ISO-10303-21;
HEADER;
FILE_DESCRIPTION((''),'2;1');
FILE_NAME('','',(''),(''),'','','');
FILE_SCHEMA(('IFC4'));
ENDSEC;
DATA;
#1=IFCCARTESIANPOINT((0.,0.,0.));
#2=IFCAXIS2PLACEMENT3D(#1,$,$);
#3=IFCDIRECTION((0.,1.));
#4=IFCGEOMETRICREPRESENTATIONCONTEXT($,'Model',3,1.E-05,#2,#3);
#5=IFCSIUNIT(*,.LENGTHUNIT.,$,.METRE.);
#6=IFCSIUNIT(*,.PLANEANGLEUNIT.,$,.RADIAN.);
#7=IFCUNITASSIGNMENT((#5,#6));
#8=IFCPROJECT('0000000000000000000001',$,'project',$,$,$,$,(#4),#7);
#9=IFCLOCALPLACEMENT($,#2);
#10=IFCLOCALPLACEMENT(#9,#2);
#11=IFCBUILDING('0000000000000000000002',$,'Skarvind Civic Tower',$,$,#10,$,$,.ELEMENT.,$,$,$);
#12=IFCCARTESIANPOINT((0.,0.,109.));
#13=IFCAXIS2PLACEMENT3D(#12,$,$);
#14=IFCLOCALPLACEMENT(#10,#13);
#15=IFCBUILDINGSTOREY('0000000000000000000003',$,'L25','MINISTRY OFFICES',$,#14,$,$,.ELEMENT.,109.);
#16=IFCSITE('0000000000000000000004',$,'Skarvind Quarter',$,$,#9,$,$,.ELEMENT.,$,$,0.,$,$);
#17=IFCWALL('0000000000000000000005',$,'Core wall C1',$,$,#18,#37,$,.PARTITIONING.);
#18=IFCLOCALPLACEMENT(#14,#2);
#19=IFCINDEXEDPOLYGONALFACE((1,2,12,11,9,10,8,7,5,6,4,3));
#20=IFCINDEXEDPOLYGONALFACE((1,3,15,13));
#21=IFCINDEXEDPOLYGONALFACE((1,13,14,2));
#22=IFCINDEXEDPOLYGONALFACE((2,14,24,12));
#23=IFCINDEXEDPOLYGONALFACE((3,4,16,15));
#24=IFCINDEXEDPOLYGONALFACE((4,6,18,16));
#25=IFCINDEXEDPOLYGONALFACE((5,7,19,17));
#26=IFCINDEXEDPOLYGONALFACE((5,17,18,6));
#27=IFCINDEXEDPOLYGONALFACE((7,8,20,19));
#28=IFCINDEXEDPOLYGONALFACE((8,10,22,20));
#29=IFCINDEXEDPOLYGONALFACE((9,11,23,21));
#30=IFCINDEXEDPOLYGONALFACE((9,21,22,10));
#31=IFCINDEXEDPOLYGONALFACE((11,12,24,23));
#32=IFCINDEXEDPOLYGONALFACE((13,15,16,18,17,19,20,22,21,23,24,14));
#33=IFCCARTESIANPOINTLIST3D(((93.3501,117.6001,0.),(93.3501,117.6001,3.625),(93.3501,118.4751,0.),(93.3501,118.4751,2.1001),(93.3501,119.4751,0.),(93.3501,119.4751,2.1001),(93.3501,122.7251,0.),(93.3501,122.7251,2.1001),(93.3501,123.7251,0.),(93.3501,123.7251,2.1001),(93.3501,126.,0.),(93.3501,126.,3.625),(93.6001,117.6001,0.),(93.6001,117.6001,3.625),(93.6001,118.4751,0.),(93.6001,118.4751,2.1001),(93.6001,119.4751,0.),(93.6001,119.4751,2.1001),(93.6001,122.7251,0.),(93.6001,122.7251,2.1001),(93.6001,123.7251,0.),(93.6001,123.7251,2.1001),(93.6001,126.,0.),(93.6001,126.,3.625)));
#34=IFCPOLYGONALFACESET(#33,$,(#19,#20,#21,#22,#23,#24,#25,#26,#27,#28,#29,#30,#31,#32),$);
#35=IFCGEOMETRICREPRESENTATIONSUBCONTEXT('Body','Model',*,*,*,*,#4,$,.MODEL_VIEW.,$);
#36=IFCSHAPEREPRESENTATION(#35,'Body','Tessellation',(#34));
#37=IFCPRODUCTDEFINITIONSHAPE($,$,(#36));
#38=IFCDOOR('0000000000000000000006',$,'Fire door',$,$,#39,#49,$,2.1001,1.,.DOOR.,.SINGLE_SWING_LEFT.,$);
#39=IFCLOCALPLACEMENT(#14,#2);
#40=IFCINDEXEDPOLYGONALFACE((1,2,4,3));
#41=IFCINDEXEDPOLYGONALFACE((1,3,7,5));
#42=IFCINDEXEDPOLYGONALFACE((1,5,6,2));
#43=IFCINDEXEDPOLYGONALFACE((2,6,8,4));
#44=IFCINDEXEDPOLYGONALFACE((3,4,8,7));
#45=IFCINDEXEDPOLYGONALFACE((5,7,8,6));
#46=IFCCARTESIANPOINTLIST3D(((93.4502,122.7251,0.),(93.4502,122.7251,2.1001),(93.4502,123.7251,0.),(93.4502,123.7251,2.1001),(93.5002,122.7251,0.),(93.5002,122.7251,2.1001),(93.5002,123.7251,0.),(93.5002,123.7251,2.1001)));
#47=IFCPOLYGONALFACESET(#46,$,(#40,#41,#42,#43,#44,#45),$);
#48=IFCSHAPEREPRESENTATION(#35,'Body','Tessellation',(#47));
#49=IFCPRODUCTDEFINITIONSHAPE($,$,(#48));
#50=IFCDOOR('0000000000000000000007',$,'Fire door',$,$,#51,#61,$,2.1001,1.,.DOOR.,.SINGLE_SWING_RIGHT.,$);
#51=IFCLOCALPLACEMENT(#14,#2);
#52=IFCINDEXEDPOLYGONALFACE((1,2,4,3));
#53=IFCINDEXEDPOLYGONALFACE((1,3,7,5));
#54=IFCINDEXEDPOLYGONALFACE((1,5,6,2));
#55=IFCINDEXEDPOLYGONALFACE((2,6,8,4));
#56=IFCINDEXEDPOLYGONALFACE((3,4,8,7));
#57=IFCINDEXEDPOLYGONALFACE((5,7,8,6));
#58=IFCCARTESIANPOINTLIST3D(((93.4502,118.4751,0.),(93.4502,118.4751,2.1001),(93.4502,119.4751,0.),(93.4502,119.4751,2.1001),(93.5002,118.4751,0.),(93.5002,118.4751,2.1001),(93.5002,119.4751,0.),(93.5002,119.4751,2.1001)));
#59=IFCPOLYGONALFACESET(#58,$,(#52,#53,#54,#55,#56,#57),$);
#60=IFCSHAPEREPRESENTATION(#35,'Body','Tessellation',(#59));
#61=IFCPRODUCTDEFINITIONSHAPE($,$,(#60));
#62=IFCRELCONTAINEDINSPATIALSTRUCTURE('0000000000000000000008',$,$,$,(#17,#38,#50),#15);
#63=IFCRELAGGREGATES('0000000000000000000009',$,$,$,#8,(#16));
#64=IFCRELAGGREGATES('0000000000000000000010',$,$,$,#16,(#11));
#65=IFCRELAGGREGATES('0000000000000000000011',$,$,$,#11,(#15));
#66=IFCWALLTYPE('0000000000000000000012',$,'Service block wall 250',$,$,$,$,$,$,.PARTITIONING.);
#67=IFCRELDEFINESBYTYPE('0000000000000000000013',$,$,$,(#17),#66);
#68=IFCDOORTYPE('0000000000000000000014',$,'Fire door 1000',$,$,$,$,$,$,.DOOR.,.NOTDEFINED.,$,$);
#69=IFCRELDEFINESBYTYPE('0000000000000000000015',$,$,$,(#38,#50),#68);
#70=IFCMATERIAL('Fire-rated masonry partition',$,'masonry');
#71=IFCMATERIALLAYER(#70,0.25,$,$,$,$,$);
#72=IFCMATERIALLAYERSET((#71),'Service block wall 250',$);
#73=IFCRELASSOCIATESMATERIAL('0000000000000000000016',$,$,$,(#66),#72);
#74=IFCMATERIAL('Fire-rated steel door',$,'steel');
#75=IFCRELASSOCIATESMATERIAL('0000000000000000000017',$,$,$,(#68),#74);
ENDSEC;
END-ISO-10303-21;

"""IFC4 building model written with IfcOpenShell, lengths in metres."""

from ifc_helpers import new_model, si_unit, direction, frame, frame_2d, origin, place, context, subcontext, project, spatial, rectangle, extrude, material, layer, layer_set, type_object, element, fill, save


model = new_model("IFC4")

# Units and contexts
model_context = context("Model", 3, precision=1e-05, world=origin(), true_north=direction((0.0, 1.0)))
body_context = subcontext(model_context, "Body", "Model", "MODEL_VIEW")
ifc_project = project(units=[si_unit("LENGTHUNIT", "METRE"), si_unit("PLANEANGLEUNIT", "RADIAN")], contexts=[model_context])

# Site, building, storey
site_placement = place(None, origin())
site = spatial("IfcSite", under=ifc_project, at=site_placement, Name="Skarvind Quarter", CompositionType="ELEMENT", RefElevation=0.0)
building_placement = place(site_placement, origin())
building = spatial("IfcBuilding", under=site, at=building_placement, Name="Skarvind Civic Tower", CompositionType="ELEMENT")
storey_placement = place(building_placement, frame((0.0, 0.0, 109.0)))
storey = spatial("IfcBuildingStorey", under=building, at=storey_placement, Name="L25", Description="MINISTRY OFFICES", CompositionType="ELEMENT", Elevation=109.0)

# Shared definitions
ifc_material_1 = material(Name="Fire-rated masonry partition", Category="masonry")
ifc_material_2 = material(Name="Fire-rated steel door", Category="steel")

# Wall, openings, doors
ifc_layer_1 = layer(ifc_material_1, 0.25)
ifc_layer_set_1 = layer_set([ifc_layer_1], Name="Service block wall 250")
wall_type_1 = type_object("IfcWallType", Name="Service block wall 250", PredefinedType="PARTITIONING", material=ifc_layer_set_1)
wall_1_placement = place(storey_placement, frame((93.4751, 117.6001, 0.0), z_axis=(0.0, 0.0, 1.0), x_axis=(0.0, 1.0, 0.0)))
wall_1 = element("IfcWall", 1, at=wall_1_placement, inside=storey, type_object=wall_type_1, Name="Core wall C1", PredefinedType="PARTITIONING", context=body_context, shape_type="SweptSolid", body=[
    extrude(rectangle(XDim=8.3999, YDim=0.25, at=frame_2d((4.2, 0.0))), origin(), (0.0, 0.0, 1.0), 3.625),
])
opening_1_placement = place(wall_1_placement, frame((5.125, 0.0, 0.0)))
opening_1 = element("IfcOpeningElement", 2, at=opening_1_placement, cuts=wall_1, PredefinedType="OPENING", context=body_context, shape_type="SweptSolid", body=[
    extrude(rectangle(XDim=1.0, YDim=2.1001, at=frame_2d((0.5, 1.05))), frame((0.0, 0.135, 0.0), z_axis=(0.0, -1.0, 0.0), x_axis=(1.0, 0.0, 0.0)), (0.0, 0.0, 1.0), 0.27),
])
opening_2_placement = place(wall_1_placement, frame((0.875, 0.0, 0.0)))
opening_2 = element("IfcOpeningElement", 3, at=opening_2_placement, cuts=wall_1, PredefinedType="OPENING", context=body_context, shape_type="SweptSolid", body=[
    extrude(rectangle(XDim=1.0, YDim=2.1001, at=frame_2d((0.5, 1.05))), frame((0.0, 0.135, 0.0), z_axis=(0.0, -1.0, 0.0), x_axis=(1.0, 0.0, 0.0)), (0.0, 0.0, 1.0), 0.27),
])
door_type_1 = type_object("IfcDoorType", Name="Fire door 1000", OperationType="NOTDEFINED", PredefinedType="DOOR", material=ifc_material_2)
door_1_placement = place(opening_1_placement, origin())
door_1 = element("IfcDoor", 4, at=door_1_placement, inside=storey, type_object=door_type_1, Name="Fire door", OperationType="SINGLE_SWING_LEFT", OverallHeight=2.1001, OverallWidth=1.0, PredefinedType="DOOR", context=body_context, shape_type="SweptSolid", body=[
    extrude(rectangle(XDim=1.0, YDim=2.1001, at=frame_2d((0.5, 1.05))), frame((0.0, 0.0249, 0.0), z_axis=(0.0, -1.0, 0.0), x_axis=(1.0, 0.0, 0.0)), (0.0, 0.0, 1.0), 0.05),
])
fill(opening_1, door_1)
door_2_placement = place(opening_2_placement, origin())
door_2 = element("IfcDoor", 5, at=door_2_placement, inside=storey, type_object=door_type_1, Name="Fire door", OperationType="SINGLE_SWING_RIGHT", OverallHeight=2.1001, OverallWidth=1.0, PredefinedType="DOOR", context=body_context, shape_type="SweptSolid", body=[
    extrude(rectangle(XDim=1.0, YDim=2.1001, at=frame_2d((0.5, 1.05))), frame((0.0, 0.0249, 0.0), z_axis=(0.0, -1.0, 0.0), x_axis=(1.0, 0.0, 0.0)), (0.0, 0.0, 1.0), 0.05),
])
fill(opening_2, door_2)

save(model, "model.ifc")
